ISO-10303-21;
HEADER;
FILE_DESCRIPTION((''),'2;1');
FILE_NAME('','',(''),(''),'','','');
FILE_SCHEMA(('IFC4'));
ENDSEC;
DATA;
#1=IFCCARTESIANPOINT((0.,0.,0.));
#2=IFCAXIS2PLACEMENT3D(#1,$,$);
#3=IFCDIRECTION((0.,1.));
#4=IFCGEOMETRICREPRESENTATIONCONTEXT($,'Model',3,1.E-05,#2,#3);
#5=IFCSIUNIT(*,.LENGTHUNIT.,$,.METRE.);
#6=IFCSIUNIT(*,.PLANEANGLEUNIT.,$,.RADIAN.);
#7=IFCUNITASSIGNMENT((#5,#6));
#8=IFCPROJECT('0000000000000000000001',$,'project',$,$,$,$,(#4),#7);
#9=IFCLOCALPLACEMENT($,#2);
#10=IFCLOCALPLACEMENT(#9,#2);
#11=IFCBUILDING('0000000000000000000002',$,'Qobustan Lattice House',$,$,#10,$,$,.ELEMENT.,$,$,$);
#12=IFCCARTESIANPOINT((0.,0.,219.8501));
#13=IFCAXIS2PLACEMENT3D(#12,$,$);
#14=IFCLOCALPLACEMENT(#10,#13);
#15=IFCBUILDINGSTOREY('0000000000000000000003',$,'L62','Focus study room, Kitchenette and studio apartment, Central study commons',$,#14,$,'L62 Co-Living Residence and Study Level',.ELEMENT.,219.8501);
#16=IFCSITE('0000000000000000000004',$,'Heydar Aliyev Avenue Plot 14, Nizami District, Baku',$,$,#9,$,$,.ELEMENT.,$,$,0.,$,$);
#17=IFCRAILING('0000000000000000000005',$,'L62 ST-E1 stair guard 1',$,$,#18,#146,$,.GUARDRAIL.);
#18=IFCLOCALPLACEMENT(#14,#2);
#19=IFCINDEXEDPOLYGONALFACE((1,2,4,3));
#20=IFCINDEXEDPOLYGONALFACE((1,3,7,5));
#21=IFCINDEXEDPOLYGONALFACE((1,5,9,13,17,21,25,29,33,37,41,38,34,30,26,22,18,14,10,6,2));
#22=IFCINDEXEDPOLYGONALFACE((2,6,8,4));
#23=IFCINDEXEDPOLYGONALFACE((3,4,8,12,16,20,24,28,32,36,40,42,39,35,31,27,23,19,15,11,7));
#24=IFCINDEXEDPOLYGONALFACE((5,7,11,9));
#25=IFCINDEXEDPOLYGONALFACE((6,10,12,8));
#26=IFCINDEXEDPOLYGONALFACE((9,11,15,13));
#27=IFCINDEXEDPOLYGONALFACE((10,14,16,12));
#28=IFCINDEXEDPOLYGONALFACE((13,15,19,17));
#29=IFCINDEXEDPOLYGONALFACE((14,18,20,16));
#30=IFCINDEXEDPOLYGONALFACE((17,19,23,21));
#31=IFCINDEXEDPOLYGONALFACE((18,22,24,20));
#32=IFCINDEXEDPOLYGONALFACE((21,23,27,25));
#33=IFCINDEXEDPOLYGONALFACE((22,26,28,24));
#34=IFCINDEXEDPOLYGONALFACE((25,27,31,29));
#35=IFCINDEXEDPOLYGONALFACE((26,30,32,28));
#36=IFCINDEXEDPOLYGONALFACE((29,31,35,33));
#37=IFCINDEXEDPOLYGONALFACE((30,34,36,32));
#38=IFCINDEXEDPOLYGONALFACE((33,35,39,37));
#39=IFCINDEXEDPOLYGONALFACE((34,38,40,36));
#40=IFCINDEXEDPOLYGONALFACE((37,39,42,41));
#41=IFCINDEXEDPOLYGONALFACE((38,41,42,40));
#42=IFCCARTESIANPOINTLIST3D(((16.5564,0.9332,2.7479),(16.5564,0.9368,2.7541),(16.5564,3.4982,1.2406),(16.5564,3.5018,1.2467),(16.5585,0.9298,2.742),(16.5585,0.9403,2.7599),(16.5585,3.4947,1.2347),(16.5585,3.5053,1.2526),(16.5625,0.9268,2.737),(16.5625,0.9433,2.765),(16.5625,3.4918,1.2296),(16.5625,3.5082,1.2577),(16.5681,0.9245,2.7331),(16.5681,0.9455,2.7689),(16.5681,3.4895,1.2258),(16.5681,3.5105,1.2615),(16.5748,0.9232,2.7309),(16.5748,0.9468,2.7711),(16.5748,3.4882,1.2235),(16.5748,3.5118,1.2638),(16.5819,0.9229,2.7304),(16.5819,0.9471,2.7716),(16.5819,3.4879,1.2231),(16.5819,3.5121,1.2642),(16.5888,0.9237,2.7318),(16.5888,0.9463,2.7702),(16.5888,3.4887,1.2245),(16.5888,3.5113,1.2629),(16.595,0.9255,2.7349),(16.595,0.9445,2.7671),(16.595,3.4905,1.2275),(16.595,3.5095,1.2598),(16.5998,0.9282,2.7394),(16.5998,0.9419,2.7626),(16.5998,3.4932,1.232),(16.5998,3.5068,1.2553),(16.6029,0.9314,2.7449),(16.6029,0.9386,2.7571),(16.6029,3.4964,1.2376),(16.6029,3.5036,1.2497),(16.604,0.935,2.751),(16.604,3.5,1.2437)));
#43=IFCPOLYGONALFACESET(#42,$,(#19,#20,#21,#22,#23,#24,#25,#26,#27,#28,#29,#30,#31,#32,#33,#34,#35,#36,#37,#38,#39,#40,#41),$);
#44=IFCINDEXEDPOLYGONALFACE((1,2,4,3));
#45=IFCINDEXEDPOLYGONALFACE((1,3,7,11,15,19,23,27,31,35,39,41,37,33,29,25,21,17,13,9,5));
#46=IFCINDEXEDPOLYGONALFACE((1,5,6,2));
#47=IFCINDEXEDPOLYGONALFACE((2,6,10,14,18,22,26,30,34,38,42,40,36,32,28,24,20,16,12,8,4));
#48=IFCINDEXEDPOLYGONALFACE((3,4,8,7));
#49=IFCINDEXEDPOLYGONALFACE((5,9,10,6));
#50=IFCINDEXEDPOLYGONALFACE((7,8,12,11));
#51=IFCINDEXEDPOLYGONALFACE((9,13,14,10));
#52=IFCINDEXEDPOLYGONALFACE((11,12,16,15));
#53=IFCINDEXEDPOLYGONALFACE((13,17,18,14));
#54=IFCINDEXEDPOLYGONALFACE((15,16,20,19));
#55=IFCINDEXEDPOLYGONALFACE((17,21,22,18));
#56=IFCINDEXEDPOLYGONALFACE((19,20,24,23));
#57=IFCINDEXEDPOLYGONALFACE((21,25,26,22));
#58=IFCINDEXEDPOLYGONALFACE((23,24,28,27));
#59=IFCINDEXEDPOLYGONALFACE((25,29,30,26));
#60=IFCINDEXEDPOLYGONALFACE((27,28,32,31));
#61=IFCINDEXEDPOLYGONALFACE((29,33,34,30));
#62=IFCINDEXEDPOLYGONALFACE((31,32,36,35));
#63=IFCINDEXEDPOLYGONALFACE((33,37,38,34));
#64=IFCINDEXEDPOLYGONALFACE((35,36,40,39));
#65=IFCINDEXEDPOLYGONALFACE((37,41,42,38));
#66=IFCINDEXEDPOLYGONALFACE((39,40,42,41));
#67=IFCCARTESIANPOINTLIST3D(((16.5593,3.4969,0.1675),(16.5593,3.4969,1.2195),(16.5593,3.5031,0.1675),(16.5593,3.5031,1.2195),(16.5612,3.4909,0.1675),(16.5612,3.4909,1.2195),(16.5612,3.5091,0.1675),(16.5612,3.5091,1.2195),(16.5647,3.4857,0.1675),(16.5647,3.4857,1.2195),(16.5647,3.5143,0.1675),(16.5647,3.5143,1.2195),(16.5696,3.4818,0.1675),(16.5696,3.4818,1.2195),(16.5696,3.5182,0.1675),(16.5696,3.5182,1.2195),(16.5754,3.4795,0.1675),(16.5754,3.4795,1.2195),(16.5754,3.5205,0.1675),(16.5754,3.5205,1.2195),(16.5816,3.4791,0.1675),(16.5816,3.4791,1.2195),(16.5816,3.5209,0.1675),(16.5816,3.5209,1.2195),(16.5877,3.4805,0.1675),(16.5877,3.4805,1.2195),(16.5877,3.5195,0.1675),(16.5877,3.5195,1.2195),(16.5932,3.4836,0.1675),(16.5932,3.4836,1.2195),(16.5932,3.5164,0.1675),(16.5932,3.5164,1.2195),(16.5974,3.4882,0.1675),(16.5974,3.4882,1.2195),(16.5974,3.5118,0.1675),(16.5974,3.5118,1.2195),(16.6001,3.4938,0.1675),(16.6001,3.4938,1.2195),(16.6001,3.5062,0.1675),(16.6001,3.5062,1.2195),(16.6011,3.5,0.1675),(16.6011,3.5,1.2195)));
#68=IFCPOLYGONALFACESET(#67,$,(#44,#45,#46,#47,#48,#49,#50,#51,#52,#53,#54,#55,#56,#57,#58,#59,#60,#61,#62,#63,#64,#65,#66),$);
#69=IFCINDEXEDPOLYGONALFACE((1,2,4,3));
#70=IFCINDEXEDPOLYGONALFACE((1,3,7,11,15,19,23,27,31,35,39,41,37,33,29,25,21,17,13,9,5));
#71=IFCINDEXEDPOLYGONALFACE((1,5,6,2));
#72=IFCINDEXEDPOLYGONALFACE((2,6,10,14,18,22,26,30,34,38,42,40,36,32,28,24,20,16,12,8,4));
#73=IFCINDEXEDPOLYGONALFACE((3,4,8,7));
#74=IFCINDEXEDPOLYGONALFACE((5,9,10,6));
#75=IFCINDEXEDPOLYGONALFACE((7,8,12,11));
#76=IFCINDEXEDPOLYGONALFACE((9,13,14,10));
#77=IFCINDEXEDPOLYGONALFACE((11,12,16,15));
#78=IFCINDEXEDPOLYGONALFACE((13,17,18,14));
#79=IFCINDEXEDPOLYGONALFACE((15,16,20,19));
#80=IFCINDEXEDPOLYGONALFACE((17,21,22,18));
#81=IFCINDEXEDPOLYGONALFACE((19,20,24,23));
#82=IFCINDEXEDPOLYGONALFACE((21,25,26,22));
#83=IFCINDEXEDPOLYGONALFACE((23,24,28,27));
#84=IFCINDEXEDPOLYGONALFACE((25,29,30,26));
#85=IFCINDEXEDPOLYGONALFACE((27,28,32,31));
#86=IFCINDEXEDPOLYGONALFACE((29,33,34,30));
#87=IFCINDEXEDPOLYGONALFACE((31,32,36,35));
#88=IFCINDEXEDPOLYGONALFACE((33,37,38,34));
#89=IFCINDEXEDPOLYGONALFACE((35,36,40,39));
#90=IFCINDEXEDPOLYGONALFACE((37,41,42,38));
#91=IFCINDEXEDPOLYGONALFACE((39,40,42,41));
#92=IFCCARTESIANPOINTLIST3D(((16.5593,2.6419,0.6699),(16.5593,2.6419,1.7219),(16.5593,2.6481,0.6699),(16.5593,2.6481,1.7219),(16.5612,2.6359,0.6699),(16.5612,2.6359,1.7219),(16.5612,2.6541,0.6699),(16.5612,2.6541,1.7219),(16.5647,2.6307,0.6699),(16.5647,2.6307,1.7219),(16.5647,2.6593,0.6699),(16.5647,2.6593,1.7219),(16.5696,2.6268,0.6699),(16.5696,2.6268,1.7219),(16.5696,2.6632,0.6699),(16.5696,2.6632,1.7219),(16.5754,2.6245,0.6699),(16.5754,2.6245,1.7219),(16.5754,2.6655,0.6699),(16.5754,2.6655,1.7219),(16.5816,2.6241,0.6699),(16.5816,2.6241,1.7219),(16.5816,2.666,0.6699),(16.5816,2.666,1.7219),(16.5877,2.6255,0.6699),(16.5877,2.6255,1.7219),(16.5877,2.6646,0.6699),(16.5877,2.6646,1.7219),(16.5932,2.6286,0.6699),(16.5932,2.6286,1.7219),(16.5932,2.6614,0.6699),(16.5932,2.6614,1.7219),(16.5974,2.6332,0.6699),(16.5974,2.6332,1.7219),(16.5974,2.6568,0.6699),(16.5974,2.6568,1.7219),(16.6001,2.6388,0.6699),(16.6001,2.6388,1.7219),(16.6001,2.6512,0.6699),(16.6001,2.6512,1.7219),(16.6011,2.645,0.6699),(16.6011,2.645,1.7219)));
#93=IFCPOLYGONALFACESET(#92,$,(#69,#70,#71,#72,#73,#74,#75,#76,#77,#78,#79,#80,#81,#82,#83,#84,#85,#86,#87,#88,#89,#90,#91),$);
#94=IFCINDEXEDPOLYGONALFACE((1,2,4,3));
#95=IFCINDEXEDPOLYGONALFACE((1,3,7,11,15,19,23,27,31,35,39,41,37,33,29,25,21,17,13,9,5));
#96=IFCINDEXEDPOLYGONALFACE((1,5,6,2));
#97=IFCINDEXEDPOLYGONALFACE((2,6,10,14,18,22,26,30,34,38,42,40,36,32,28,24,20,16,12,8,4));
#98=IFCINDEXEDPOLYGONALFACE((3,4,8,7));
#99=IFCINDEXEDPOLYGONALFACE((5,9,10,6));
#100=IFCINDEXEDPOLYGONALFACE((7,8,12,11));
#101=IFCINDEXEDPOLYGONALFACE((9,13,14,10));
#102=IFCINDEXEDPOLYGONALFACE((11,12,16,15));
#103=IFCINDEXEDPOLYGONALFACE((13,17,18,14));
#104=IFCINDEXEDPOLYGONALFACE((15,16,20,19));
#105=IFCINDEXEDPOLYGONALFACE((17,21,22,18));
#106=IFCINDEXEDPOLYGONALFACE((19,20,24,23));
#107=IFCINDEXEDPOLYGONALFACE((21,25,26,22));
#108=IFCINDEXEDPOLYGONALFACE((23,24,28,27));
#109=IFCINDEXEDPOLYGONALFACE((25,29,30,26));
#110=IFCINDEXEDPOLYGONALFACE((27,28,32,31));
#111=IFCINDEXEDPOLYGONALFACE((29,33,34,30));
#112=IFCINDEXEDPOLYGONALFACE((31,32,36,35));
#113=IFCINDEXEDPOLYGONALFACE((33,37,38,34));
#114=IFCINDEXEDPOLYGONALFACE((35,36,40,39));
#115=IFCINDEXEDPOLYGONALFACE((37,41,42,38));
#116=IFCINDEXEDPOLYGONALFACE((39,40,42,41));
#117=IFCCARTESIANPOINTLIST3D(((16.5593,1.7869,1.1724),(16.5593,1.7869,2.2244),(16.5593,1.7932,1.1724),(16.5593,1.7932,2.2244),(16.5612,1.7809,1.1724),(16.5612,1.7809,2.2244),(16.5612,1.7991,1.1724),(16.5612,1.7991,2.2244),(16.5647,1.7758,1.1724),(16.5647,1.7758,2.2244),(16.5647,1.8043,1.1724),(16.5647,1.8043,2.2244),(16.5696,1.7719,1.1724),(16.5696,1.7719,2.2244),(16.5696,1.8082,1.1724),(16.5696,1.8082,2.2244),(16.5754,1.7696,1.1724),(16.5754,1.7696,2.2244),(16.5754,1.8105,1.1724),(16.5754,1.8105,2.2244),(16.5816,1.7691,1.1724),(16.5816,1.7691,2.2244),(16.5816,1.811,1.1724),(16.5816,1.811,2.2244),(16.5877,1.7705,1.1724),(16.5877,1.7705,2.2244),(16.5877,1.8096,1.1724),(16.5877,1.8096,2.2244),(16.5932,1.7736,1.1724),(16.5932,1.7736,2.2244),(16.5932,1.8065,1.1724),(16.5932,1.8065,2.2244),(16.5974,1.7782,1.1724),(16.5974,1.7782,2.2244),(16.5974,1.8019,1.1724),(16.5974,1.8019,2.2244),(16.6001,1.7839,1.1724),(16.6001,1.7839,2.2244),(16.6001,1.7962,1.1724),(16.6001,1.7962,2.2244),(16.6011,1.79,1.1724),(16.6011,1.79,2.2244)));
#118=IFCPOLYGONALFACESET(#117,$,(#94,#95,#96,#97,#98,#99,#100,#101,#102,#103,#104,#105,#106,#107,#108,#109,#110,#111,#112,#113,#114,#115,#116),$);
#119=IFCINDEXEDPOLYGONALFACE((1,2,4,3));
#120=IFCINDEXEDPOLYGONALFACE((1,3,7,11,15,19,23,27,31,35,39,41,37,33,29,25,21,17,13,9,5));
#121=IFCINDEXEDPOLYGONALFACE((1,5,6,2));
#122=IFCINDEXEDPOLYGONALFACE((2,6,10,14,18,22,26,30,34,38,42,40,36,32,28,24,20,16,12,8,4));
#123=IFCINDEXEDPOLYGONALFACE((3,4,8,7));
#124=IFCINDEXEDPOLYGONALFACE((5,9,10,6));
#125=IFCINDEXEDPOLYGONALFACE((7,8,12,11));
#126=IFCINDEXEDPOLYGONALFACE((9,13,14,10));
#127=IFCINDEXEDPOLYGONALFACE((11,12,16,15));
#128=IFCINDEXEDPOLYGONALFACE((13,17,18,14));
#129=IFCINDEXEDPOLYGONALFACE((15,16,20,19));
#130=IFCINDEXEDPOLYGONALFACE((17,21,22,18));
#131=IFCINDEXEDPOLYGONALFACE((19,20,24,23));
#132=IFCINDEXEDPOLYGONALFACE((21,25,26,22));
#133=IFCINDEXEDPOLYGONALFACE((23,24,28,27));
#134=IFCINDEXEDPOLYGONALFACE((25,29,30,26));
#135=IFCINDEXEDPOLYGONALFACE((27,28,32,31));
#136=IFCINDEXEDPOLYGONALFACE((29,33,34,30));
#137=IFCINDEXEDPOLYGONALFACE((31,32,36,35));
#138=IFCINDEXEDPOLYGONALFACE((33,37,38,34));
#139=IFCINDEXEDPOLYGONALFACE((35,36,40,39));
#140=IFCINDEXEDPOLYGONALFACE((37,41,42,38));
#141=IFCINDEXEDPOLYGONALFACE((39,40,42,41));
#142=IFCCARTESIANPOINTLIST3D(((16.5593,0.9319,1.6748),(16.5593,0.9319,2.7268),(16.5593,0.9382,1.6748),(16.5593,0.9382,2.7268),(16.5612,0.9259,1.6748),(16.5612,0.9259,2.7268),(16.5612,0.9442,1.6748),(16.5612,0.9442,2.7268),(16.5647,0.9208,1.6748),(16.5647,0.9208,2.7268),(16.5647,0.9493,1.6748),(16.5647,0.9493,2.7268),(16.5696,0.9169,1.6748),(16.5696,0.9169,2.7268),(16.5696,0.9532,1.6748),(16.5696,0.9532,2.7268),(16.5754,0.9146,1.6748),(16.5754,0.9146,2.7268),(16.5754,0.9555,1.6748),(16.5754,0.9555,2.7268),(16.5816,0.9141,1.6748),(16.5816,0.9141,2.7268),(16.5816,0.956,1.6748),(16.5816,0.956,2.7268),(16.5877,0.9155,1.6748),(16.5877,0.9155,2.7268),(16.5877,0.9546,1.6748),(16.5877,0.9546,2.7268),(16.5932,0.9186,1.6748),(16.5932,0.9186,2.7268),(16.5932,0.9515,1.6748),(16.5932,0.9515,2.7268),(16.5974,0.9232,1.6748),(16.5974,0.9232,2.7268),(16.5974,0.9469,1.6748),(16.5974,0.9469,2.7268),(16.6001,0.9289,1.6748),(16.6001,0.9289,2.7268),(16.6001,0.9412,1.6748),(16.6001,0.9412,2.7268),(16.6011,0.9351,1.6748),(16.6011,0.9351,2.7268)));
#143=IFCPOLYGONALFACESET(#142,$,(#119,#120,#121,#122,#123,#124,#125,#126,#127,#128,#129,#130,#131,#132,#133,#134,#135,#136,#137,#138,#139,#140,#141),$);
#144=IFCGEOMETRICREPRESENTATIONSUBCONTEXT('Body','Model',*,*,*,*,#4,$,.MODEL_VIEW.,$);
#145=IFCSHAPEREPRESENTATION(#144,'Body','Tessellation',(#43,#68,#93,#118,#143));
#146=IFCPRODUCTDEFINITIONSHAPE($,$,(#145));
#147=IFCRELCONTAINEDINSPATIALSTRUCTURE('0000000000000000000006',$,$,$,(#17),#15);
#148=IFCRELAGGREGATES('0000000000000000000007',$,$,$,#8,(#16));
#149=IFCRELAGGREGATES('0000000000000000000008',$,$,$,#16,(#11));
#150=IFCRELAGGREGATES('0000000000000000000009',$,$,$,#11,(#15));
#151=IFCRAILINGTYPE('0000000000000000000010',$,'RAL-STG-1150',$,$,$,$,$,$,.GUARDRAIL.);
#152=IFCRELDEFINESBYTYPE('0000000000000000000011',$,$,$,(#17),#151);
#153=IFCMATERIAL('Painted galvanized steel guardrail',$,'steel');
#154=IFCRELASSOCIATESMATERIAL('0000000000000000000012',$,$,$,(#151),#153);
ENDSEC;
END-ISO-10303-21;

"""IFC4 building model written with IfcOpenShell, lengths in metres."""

from ifc_helpers import new_model, si_unit, direction, frame, origin, origin_2d, place, context, subcontext, project, spatial, circle, extrude, material, type_object, element, save


model = new_model("IFC4")

# Units and contexts
model_context = context("Model", 3, precision=1e-05, world=origin(), true_north=direction((0.0, 1.0)))
body_context = subcontext(model_context, "Body", "Model", "MODEL_VIEW")
ifc_project = project(units=[si_unit("LENGTHUNIT", "METRE"), si_unit("PLANEANGLEUNIT", "RADIAN")], contexts=[model_context])

# Site, building, storey
site_placement = place(None, origin())
site = spatial("IfcSite", under=ifc_project, at=site_placement, Name="Heydar Aliyev Avenue Plot 14, Nizami District, Baku", CompositionType="ELEMENT", RefElevation=0.0)
building_placement = place(site_placement, origin())
building = spatial("IfcBuilding", under=site, at=building_placement, Name="Qobustan Lattice House", CompositionType="ELEMENT")
storey_placement = place(building_placement, frame((0.0, 0.0, 219.8501)))
storey = spatial("IfcBuildingStorey", under=building, at=storey_placement, Name="L62", Description="Focus study room, Kitchenette and studio apartment, Central study commons", LongName="L62 Co-Living Residence and Study Level", CompositionType="ELEMENT", Elevation=219.8501)

# Railing
ifc_material_1 = material(Name="Painted galvanized steel guardrail", Category="steel")
railing_type_1 = type_object("IfcRailingType", Name="RAL-STG-1150", PredefinedType="GUARDRAIL", material=ifc_material_1)
railing_1_placement = place(storey_placement, frame((16.5801, 3.5, 0.1675)))
element("IfcRailing", 1, at=railing_1_placement, inside=storey, type_object=railing_type_1, Name="L62 ST-E1 stair guard 1", PredefinedType="GUARDRAIL", context=body_context, shape_type="SweptSolid", body=[
    extrude(circle(Radius=0.0239, at=origin_2d()), frame((0.0, 0.0, 1.0762), z_axis=(0.0, -0.862149, 0.506654), x_axis=(1.0, 0.0, 0.0)), (0.0, 0.0, 1.0), 2.9751),
    extrude(circle(Radius=0.021, at=origin_2d()), origin(), (0.0, 0.0, 1.0), 1.052),
    extrude(circle(Radius=0.021, at=origin_2d()), frame((0.0, -0.855, 0.5024)), (0.0, 0.0, 1.0), 1.052),
    extrude(circle(Radius=0.021, at=origin_2d()), frame((0.0, -1.71, 1.0049)), (0.0, 0.0, 1.0), 1.052),
    extrude(circle(Radius=0.021, at=origin_2d()), frame((0.0, -2.5649, 1.5073)), (0.0, 0.0, 1.0), 1.052),
])

save(model, "model.ifc")
